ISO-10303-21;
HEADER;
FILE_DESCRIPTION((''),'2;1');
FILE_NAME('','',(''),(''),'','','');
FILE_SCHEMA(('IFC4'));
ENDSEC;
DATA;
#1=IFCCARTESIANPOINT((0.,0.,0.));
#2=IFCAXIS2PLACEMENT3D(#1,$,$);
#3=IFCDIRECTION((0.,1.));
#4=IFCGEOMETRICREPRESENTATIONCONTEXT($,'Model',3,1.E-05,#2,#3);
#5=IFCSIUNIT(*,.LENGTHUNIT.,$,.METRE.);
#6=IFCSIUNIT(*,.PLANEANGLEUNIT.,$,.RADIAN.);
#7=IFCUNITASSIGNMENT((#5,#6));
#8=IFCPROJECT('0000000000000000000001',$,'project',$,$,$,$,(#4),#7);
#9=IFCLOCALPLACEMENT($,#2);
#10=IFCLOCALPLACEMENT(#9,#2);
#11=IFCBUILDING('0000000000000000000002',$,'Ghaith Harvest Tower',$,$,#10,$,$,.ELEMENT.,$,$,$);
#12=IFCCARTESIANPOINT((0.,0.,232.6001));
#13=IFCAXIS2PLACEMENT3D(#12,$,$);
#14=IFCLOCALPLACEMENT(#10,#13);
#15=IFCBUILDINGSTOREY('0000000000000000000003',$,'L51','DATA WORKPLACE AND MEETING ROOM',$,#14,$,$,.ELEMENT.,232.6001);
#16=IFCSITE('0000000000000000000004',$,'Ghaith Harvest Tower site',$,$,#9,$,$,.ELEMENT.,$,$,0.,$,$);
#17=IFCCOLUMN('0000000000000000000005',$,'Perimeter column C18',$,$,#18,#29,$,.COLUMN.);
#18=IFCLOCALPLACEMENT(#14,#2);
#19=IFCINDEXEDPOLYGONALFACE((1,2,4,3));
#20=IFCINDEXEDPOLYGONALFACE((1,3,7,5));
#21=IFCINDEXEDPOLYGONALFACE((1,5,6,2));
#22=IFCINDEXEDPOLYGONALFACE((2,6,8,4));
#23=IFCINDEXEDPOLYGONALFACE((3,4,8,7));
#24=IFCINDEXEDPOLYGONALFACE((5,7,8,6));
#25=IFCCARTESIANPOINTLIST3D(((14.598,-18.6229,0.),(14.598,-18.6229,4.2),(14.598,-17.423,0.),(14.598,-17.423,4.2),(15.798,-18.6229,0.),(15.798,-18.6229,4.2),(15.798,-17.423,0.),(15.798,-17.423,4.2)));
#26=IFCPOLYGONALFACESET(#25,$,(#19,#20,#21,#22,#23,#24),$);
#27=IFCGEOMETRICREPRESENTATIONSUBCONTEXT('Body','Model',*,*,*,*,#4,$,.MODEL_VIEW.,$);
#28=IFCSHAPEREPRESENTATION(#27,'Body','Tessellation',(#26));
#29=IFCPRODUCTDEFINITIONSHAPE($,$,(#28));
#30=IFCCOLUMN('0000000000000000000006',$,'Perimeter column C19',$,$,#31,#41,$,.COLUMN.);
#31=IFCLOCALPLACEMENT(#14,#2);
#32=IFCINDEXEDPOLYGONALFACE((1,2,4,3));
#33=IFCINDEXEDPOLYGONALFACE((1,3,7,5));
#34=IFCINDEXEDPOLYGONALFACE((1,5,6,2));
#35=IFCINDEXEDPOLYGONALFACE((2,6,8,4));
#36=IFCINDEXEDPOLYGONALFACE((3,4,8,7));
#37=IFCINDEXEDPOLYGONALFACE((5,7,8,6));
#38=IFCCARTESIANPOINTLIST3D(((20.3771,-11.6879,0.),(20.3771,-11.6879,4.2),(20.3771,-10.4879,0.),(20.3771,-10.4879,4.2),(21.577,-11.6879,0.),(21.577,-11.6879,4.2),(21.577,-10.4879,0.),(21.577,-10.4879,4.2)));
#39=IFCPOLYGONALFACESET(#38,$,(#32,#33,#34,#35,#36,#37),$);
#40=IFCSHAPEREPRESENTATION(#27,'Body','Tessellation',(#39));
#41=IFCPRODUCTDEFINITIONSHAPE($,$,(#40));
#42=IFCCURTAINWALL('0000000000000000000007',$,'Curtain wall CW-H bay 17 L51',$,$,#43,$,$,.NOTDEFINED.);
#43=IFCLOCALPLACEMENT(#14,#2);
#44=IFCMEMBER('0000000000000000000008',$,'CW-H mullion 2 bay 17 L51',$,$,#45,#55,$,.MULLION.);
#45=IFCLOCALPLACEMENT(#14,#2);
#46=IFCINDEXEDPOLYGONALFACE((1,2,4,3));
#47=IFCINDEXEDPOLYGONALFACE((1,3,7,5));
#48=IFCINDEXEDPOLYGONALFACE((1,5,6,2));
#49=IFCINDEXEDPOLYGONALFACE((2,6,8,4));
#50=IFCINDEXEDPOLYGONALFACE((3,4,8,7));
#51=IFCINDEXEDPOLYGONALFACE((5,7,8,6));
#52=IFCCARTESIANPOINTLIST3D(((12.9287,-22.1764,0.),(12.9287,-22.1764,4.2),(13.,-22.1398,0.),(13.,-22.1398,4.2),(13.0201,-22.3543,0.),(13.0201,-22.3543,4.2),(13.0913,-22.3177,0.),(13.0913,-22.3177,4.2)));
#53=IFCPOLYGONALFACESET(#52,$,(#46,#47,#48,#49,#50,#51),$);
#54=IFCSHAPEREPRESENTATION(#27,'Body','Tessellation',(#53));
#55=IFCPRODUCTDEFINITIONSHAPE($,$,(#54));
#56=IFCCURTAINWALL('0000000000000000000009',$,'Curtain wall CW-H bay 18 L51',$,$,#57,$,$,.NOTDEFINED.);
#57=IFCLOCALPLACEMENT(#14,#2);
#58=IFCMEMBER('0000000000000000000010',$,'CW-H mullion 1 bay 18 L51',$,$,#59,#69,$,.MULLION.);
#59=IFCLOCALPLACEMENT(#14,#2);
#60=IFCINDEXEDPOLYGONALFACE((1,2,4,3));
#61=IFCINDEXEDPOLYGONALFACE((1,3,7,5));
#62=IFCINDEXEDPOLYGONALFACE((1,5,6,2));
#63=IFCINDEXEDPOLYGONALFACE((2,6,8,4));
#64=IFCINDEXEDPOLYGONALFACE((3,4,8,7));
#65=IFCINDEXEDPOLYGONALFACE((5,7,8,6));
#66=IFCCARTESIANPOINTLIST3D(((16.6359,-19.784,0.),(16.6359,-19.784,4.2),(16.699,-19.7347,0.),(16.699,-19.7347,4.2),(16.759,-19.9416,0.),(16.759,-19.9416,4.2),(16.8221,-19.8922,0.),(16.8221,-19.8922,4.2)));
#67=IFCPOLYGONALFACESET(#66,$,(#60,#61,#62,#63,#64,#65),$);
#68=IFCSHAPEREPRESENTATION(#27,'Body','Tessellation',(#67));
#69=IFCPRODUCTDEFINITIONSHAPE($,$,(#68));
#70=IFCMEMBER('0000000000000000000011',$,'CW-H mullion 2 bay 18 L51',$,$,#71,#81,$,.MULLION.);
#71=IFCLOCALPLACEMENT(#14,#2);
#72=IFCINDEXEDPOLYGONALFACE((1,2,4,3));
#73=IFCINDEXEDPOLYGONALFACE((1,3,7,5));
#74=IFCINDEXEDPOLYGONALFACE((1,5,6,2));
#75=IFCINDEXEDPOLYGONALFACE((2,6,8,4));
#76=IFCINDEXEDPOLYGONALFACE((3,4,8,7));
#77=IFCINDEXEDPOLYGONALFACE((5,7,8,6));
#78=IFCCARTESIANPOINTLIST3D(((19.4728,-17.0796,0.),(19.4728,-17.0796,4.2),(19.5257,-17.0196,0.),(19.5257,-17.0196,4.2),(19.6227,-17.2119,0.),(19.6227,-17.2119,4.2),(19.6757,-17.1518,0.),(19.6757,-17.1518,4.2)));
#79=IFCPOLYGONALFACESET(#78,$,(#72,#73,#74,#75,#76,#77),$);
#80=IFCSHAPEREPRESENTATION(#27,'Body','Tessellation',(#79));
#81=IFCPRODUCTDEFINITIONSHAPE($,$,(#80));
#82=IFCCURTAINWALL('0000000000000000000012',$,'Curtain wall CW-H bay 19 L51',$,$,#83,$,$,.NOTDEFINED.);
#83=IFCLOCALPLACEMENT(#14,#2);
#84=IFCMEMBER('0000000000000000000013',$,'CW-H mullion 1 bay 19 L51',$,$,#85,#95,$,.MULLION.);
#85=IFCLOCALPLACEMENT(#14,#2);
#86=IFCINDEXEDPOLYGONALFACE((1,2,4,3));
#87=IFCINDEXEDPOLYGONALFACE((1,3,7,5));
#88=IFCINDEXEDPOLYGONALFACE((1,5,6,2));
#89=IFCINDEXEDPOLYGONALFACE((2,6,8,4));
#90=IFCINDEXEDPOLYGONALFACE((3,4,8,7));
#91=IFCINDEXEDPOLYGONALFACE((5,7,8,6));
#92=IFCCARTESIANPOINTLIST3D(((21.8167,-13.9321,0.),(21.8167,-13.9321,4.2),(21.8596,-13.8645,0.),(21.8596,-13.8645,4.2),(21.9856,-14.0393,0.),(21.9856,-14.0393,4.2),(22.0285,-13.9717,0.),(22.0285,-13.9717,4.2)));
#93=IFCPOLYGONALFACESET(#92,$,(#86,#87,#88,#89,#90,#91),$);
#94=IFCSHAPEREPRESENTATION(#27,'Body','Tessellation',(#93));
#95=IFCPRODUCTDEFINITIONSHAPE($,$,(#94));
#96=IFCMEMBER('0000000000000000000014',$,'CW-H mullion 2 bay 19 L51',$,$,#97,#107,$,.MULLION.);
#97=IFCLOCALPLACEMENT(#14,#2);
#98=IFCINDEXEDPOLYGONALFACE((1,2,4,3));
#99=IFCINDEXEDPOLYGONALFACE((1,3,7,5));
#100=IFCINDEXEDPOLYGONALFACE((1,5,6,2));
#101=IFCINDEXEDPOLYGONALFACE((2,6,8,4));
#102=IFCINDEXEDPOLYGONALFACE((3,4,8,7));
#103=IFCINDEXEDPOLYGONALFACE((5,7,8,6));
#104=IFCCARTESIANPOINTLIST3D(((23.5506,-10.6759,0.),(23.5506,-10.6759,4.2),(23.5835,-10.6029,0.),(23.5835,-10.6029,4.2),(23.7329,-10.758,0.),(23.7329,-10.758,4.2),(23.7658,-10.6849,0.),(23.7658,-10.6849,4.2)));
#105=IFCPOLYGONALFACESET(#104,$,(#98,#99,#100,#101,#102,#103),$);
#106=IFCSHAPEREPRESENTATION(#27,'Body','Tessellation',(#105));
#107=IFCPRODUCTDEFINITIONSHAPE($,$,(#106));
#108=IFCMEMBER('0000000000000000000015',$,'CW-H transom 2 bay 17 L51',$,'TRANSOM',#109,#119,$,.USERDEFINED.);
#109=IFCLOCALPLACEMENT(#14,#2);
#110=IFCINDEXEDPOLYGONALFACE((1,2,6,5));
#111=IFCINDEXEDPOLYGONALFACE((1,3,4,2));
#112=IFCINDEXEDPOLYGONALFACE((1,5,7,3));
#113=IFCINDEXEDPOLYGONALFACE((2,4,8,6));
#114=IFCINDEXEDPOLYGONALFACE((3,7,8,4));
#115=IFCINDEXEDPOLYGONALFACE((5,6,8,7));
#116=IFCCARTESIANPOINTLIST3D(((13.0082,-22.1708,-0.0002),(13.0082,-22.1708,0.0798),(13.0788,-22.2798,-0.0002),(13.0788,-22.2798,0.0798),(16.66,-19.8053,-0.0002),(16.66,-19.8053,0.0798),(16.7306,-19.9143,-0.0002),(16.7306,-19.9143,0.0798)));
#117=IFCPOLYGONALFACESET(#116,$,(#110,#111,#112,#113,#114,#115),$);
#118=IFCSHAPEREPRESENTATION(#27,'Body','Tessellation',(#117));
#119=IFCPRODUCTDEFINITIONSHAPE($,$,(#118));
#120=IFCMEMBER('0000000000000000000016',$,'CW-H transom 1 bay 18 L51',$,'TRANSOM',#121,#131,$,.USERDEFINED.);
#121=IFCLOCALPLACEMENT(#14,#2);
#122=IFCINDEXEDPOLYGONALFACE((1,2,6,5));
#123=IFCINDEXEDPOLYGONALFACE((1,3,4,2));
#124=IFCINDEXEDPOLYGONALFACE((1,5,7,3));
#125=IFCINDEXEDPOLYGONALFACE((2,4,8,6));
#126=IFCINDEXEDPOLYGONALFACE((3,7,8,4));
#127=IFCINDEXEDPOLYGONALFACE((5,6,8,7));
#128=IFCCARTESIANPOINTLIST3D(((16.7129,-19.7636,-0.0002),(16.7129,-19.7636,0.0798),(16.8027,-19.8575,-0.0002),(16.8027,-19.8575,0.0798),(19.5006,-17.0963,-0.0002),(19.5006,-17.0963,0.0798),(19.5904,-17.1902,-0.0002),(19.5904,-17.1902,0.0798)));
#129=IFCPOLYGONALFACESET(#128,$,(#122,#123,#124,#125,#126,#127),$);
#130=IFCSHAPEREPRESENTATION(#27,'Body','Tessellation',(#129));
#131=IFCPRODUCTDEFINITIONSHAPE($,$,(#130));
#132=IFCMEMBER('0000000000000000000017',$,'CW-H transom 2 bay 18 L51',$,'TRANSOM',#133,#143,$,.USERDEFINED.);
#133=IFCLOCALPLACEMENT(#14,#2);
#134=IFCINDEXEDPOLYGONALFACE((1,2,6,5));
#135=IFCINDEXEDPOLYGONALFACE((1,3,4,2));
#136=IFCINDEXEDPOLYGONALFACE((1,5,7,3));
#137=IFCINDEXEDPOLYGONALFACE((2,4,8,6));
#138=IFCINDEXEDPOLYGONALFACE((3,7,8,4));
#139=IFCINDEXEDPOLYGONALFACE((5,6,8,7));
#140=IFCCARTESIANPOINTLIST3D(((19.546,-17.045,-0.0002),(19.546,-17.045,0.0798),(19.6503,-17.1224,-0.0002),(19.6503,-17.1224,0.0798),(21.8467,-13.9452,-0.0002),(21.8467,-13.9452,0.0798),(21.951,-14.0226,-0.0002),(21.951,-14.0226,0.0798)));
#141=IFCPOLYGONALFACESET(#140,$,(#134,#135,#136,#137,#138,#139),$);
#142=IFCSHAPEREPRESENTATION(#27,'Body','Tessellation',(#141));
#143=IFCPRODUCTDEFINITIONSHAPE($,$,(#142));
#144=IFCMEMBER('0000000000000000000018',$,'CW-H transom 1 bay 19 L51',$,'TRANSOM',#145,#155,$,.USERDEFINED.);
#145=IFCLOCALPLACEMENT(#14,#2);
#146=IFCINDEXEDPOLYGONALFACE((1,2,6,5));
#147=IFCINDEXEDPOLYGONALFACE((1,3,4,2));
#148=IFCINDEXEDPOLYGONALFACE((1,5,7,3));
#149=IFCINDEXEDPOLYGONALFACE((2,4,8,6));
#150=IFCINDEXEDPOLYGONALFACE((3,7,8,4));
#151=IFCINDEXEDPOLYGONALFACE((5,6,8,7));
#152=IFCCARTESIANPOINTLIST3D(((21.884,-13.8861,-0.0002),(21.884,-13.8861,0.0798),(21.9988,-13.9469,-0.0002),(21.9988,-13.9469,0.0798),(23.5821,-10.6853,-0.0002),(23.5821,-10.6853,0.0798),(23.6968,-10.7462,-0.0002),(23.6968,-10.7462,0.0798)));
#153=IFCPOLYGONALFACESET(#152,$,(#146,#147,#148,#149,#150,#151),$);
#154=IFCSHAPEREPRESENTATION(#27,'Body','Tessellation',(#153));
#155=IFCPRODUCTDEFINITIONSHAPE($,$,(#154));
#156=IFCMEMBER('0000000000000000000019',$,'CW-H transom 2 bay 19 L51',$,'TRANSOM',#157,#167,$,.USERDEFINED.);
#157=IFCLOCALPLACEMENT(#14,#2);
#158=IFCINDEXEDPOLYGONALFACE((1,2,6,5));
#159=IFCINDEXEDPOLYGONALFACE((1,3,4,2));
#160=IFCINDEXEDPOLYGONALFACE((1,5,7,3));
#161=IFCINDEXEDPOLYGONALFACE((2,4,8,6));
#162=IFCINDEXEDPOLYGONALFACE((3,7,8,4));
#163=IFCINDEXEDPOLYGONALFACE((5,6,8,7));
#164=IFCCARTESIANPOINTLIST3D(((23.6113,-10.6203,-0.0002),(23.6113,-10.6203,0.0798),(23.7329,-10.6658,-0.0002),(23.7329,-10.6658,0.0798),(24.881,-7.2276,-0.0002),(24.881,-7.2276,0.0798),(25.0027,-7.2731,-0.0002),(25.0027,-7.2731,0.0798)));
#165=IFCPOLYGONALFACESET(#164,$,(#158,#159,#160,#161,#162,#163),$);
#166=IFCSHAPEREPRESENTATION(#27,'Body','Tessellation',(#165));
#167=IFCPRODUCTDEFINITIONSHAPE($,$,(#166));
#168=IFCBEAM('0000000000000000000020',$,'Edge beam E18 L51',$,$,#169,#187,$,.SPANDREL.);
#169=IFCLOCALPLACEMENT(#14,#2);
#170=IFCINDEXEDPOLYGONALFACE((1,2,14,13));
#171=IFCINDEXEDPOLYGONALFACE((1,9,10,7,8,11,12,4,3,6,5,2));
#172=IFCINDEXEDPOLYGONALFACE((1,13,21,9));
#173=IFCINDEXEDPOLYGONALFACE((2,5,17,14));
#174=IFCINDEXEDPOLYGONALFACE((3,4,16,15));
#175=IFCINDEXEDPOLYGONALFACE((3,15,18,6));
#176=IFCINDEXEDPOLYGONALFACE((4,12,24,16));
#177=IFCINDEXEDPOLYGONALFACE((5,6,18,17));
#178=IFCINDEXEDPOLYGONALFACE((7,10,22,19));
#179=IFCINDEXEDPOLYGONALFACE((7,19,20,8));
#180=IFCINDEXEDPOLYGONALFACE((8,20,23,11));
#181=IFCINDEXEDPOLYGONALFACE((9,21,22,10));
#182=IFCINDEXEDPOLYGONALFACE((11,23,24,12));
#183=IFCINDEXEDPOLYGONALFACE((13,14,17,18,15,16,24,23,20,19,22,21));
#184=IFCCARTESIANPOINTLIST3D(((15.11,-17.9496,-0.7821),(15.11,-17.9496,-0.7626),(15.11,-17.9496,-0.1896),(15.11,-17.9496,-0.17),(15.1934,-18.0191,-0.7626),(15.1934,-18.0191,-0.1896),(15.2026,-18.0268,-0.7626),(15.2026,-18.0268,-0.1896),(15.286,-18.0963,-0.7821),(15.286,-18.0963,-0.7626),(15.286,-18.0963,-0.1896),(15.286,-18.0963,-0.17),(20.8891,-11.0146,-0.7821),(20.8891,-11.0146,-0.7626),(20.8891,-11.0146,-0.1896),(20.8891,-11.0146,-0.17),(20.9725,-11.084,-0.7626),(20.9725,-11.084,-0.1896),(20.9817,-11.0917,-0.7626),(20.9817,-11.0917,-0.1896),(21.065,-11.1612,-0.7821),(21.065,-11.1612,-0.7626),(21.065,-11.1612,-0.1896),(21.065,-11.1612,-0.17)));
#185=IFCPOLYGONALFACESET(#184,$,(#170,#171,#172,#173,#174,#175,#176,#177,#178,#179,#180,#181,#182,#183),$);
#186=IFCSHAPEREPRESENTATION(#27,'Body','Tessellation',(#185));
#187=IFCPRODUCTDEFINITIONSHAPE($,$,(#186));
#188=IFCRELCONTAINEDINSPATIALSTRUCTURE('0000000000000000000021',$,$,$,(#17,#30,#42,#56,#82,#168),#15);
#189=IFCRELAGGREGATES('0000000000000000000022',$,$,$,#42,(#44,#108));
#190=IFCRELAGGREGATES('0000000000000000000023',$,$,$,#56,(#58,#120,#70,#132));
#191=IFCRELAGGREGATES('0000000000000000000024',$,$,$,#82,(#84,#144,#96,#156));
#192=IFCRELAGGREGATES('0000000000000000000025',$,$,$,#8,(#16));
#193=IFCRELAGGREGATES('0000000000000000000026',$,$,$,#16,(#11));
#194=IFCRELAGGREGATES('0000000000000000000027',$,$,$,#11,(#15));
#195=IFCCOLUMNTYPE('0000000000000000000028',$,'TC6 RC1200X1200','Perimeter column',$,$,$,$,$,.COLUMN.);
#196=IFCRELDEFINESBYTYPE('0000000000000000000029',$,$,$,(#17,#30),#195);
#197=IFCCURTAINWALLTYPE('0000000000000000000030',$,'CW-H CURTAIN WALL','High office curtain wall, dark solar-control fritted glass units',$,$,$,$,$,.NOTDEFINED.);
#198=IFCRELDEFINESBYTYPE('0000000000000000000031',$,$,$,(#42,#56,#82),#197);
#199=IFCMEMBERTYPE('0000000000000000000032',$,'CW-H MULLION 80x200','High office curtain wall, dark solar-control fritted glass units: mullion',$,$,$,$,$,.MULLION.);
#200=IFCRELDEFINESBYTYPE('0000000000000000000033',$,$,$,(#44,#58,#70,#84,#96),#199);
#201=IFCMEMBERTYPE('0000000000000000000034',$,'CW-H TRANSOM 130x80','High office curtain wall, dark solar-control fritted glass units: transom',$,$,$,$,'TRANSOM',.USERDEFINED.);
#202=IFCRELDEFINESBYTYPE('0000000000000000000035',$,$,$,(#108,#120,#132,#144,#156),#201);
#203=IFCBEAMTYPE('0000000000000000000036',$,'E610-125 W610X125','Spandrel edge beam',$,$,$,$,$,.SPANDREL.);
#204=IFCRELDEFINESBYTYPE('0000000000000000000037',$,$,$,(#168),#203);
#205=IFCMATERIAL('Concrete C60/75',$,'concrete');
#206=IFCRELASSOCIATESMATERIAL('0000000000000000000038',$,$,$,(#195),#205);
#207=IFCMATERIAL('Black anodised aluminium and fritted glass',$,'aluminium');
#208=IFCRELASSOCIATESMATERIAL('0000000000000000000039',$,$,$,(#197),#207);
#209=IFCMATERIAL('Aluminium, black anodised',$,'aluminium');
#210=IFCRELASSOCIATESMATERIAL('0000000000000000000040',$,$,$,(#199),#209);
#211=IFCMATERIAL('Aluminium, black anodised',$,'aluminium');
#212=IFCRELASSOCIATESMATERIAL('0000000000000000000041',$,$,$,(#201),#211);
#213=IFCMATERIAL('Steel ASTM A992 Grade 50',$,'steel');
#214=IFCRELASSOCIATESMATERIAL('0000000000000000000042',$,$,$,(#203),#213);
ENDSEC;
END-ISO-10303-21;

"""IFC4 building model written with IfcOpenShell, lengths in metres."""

from ifc_helpers import new_model, si_unit, direction, frame, origin, origin_2d, place, context, subcontext, project, spatial, rectangle, i_section, extrude, material, material_profile, profile_set, type_object, element, aggregate, save


model = new_model("IFC4")

# Units and contexts
model_context = context("Model", 3, precision=1e-05, world=origin(), true_north=direction((0.0, 1.0)))
body_context = subcontext(model_context, "Body", "Model", "MODEL_VIEW")
ifc_project = project(units=[si_unit("LENGTHUNIT", "METRE"), si_unit("PLANEANGLEUNIT", "RADIAN")], contexts=[model_context])

# Site, building, storey
site_placement = place(None, origin())
site = spatial("IfcSite", under=ifc_project, at=site_placement, Name="Ghaith Harvest Tower site", CompositionType="ELEMENT", RefElevation=0.0)
building_placement = place(site_placement, origin())
building = spatial("IfcBuilding", under=site, at=building_placement, Name="Ghaith Harvest Tower", CompositionType="ELEMENT")
storey_placement = place(building_placement, frame((0.0, 0.0, 232.6001)))
storey = spatial("IfcBuildingStorey", under=building, at=storey_placement, Name="L51", Description="DATA WORKPLACE AND MEETING ROOM", CompositionType="ELEMENT", Elevation=232.6001)

# Columns
ifc_material_1 = material(Name="Concrete C60/75", Category="concrete")
ifc_material_profile_1 = material_profile(ifc_material_1, rectangle(XDim=1.2, YDim=1.2, at=origin_2d()), Name="RC1200X1200")
ifc_profile_set_1 = profile_set([ifc_material_profile_1], Name="Concrete C60/75")
column_type = type_object("IfcColumnType", Name="TC6 RC1200X1200", Description="Perimeter column", PredefinedType="COLUMN", material=ifc_profile_set_1)
for number, where, z_axis, x_axis, name in (
    (1, (15.198, -18.0229, 0.0), (0.0, 0.0, 1.0), (1.0, 0.0, 0.0), "Perimeter column C18"),
    (2, (20.9771, -11.0879, 0.0), (0.0, 0.0, 1.0), (1.0, 0.0, 0.0), "Perimeter column C19"),
):
    element("IfcColumn", number, at=place(storey_placement, frame(where, z_axis=z_axis, x_axis=x_axis)), inside=storey, type_object=column_type, Name=name, PredefinedType="COLUMN", context=body_context, shape_type="SweptSolid", body=[
        extrude(rectangle(XDim=1.2, YDim=1.2, at=origin_2d()), origin(), (0.0, 0.0, 1.0), 4.2),
    ])

# Curtain wall, member
ifc_material_2 = material(Name="Black anodised aluminium and fritted glass", Category="aluminium")
curtain_wall_type = type_object("IfcCurtainWallType", Name="CW-H CURTAIN WALL", Description="High office curtain wall, dark solar-control fritted glass units", PredefinedType="NOTDEFINED", material=ifc_material_2)
curtain_wall_1_placement = place(storey_placement, origin())
curtain_wall_1 = element("IfcCurtainWall", 3, at=curtain_wall_1_placement, inside=storey, type_object=curtain_wall_type, Name="Curtain wall CW-H bay 17 L51", PredefinedType="NOTDEFINED")
ifc_material_3 = material(Name="Aluminium, black anodised", Category="aluminium")
ifc_material_profile_2 = material_profile(ifc_material_3, rectangle(XDim=0.0801, YDim=0.2, at=origin_2d()), Name="CW-H MULLION 80x200")
ifc_profile_set_2 = profile_set([ifc_material_profile_2], Name="Aluminium, black anodised")
member_type_1 = type_object("IfcMemberType", Name="CW-H MULLION 80x200", Description="High office curtain wall, dark solar-control fritted glass units: mullion", PredefinedType="MULLION", material=ifc_profile_set_2)
member_1_placement = place(storey_placement, frame((13.01, -22.2471, 0.0), z_axis=(0.0, 0.0, 1.0), x_axis=(0.889568, 0.456802, 0.0)))
member_1 = element("IfcMember", 4, at=member_1_placement, type_object=member_type_1, Name="CW-H mullion 2 bay 17 L51", PredefinedType="MULLION", context=body_context, shape_type="SweptSolid", body=[
    extrude(rectangle(XDim=0.0801, YDim=0.2, at=origin_2d()), origin(), (0.0, 0.0, 1.0), 4.2),
])

# Curtain walls, members
curtain_wall_2_placement = place(storey_placement, origin())
curtain_wall_2 = element("IfcCurtainWall", 5, at=curtain_wall_2_placement, inside=storey, type_object=curtain_wall_type, Name="Curtain wall CW-H bay 18 L51", PredefinedType="NOTDEFINED")
member_2_placement = place(storey_placement, frame((16.729, -19.8381, 0.0), z_axis=(0.0, 0.0, 1.0), x_axis=(0.787846, 0.615873, 0.0)))
member_2 = element("IfcMember", 6, at=member_2_placement, type_object=member_type_1, Name="CW-H mullion 1 bay 18 L51", PredefinedType="MULLION", context=body_context, shape_type="SweptSolid", body=[
    extrude(rectangle(XDim=0.0801, YDim=0.2, at=origin_2d()), origin(), (0.0, 0.0, 1.0), 4.2),
])
member_3_placement = place(storey_placement, frame((19.5742, -17.1157, 0.0), z_axis=(0.0, 0.0, 1.0), x_axis=(0.661615, 0.749844, 0.0)))
member_3 = element("IfcMember", 7, at=member_3_placement, type_object=member_type_1, Name="CW-H mullion 2 bay 18 L51", PredefinedType="MULLION", context=body_context, shape_type="SweptSolid", body=[
    extrude(rectangle(XDim=0.0801, YDim=0.2, at=origin_2d()), origin(), (0.0, 0.0, 1.0), 4.2),
])
curtain_wall_3_placement = place(storey_placement, origin())
curtain_wall_3 = element("IfcCurtainWall", 8, at=curtain_wall_3_placement, inside=storey, type_object=curtain_wall_type, Name="Curtain wall CW-H bay 19 L51", PredefinedType="NOTDEFINED")
member_4_placement = place(storey_placement, frame((21.9226, -13.9519, 0.0), z_axis=(0.0, 0.0, 1.0), x_axis=(0.535827, 0.844328, 0.0)))
member_4 = element("IfcMember", 9, at=member_4_placement, type_object=member_type_1, Name="CW-H mullion 1 bay 19 L51", PredefinedType="MULLION", context=body_context, shape_type="SweptSolid", body=[
    extrude(rectangle(XDim=0.0801, YDim=0.2, at=origin_2d()), origin(), (0.0, 0.0, 1.0), 4.2),
])
member_5_placement = place(storey_placement, frame((23.6582, -10.6804, 0.0), z_axis=(0.0, 0.0, 1.0), x_axis=(0.41043, 0.911892, 0.0)))
member_5 = element("IfcMember", 10, at=member_5_placement, type_object=member_type_1, Name="CW-H mullion 2 bay 19 L51", PredefinedType="MULLION", context=body_context, shape_type="SweptSolid", body=[
    extrude(rectangle(XDim=0.0801, YDim=0.2, at=origin_2d()), origin(), (0.0, 0.0, 1.0), 4.2),
])

# Members
ifc_material_4 = material(Name="Aluminium, black anodised", Category="aluminium")
ifc_material_profile_3 = material_profile(ifc_material_4, rectangle(XDim=0.1299, YDim=0.0801, at=origin_2d()), Name="CW-H TRANSOM 130x80")
ifc_profile_set_3 = profile_set([ifc_material_profile_3], Name="Aluminium, black anodised")
member_type_2 = type_object("IfcMemberType", Name="CW-H TRANSOM 130x80", Description="High office curtain wall, dark solar-control fritted glass units: transom", ElementType="TRANSOM", PredefinedType="USERDEFINED", material=ifc_profile_set_3)
member_6_placement = place(storey_placement, frame((13.0435, -22.2253, 0.0398), z_axis=(0.839307, 0.543658, 0.0), x_axis=(-0.543658, 0.839307, 0.0)))
member_6 = element("IfcMember", 11, at=member_6_placement, type_object=member_type_2, Name="CW-H transom 2 bay 17 L51", ObjectType="TRANSOM", PredefinedType="USERDEFINED", context=body_context, shape_type="SweptSolid", body=[
    extrude(rectangle(XDim=0.1299, YDim=0.0801, at=origin_2d()), origin(), (0.0, 0.0, 1.0), 4.3511),
])
member_7_placement = place(storey_placement, frame((16.7578, -19.8105, 0.0398), z_axis=(0.722533, 0.691336, 0.0), x_axis=(-0.691336, 0.722533, 0.0)))
member_7 = element("IfcMember", 12, at=member_7_placement, type_object=member_type_2, Name="CW-H transom 1 bay 18 L51", ObjectType="TRANSOM", PredefinedType="USERDEFINED", context=body_context, shape_type="SweptSolid", body=[
    extrude(rectangle(XDim=0.1299, YDim=0.0801, at=origin_2d()), origin(), (0.0, 0.0, 1.0), 3.8582),
])
member_8_placement = place(storey_placement, frame((19.5981, -17.0837, 0.0398), z_axis=(0.595996, 0.802988, 0.0), x_axis=(-0.802988, 0.595996, 0.0)))
member_8 = element("IfcMember", 13, at=member_8_placement, type_object=member_type_2, Name="CW-H transom 2 bay 18 L51", ObjectType="TRANSOM", PredefinedType="USERDEFINED", context=body_context, shape_type="SweptSolid", body=[
    extrude(rectangle(XDim=0.1299, YDim=0.0801, at=origin_2d()), origin(), (0.0, 0.0, 1.0), 3.8604),
])
member_9_placement = place(storey_placement, frame((21.9414, -13.9165, 0.0398), z_axis=(0.468646, 0.883386, 0.0), x_axis=(-0.883386, 0.468646, 0.0)))
member_9 = element("IfcMember", 14, at=member_9_placement, type_object=member_type_2, Name="CW-H transom 1 bay 19 L51", ObjectType="TRANSOM", PredefinedType="USERDEFINED", context=body_context, shape_type="SweptSolid", body=[
    extrude(rectangle(XDim=0.1299, YDim=0.0801, at=origin_2d()), origin(), (0.0, 0.0, 1.0), 3.6233),
])
member_10_placement = place(storey_placement, frame((23.6721, -10.6431, 0.0398), z_axis=(0.35051, 0.936559, 0.0), x_axis=(-0.936559, 0.35051, 0.0)))
member_10 = element("IfcMember", 15, at=member_10_placement, type_object=member_type_2, Name="CW-H transom 2 bay 19 L51", ObjectType="TRANSOM", PredefinedType="USERDEFINED", context=body_context, shape_type="SweptSolid", body=[
    extrude(rectangle(XDim=0.1299, YDim=0.0801, at=origin_2d()), origin(), (0.0, 0.0, 1.0), 3.6226),
])

# Beam
ifc_material_5 = material(Name="Steel ASTM A992 Grade 50", Category="steel")
ifc_material_profile_4 = material_profile(ifc_material_5, i_section(OverallWidth=0.229, OverallDepth=0.6121, WebThickness=0.012, FlangeThickness=0.0195, at=origin_2d()), Name="W610X125")
ifc_profile_set_4 = profile_set([ifc_material_profile_4], Name="Steel ASTM A992 Grade 50")
beam_type_1 = type_object("IfcBeamType", Name="E610-125 W610X125", Description="Spandrel edge beam", PredefinedType="SPANDREL", material=ifc_profile_set_4)
beam_1_placement = place(storey_placement, frame((15.198, -18.0229, -0.4761), z_axis=(0.640174, 0.76823, 0.0), x_axis=(-0.76823, 0.640174, 0.0)))
element("IfcBeam", 16, at=beam_1_placement, inside=storey, type_object=beam_type_1, Name="Edge beam E18 L51", PredefinedType="SPANDREL", context=body_context, shape_type="SweptSolid", body=[
    extrude(i_section(OverallWidth=0.229, OverallDepth=0.6121, WebThickness=0.012, FlangeThickness=0.0195, at=origin_2d()), origin(), (0.0, 0.0, 1.0), 9.0273),
])

aggregate(curtain_wall_1, [member_1, member_6])
aggregate(curtain_wall_2, [member_2, member_7, member_3, member_8])
aggregate(curtain_wall_3, [member_4, member_9, member_5, member_10])

save(model, "model.ifc")
